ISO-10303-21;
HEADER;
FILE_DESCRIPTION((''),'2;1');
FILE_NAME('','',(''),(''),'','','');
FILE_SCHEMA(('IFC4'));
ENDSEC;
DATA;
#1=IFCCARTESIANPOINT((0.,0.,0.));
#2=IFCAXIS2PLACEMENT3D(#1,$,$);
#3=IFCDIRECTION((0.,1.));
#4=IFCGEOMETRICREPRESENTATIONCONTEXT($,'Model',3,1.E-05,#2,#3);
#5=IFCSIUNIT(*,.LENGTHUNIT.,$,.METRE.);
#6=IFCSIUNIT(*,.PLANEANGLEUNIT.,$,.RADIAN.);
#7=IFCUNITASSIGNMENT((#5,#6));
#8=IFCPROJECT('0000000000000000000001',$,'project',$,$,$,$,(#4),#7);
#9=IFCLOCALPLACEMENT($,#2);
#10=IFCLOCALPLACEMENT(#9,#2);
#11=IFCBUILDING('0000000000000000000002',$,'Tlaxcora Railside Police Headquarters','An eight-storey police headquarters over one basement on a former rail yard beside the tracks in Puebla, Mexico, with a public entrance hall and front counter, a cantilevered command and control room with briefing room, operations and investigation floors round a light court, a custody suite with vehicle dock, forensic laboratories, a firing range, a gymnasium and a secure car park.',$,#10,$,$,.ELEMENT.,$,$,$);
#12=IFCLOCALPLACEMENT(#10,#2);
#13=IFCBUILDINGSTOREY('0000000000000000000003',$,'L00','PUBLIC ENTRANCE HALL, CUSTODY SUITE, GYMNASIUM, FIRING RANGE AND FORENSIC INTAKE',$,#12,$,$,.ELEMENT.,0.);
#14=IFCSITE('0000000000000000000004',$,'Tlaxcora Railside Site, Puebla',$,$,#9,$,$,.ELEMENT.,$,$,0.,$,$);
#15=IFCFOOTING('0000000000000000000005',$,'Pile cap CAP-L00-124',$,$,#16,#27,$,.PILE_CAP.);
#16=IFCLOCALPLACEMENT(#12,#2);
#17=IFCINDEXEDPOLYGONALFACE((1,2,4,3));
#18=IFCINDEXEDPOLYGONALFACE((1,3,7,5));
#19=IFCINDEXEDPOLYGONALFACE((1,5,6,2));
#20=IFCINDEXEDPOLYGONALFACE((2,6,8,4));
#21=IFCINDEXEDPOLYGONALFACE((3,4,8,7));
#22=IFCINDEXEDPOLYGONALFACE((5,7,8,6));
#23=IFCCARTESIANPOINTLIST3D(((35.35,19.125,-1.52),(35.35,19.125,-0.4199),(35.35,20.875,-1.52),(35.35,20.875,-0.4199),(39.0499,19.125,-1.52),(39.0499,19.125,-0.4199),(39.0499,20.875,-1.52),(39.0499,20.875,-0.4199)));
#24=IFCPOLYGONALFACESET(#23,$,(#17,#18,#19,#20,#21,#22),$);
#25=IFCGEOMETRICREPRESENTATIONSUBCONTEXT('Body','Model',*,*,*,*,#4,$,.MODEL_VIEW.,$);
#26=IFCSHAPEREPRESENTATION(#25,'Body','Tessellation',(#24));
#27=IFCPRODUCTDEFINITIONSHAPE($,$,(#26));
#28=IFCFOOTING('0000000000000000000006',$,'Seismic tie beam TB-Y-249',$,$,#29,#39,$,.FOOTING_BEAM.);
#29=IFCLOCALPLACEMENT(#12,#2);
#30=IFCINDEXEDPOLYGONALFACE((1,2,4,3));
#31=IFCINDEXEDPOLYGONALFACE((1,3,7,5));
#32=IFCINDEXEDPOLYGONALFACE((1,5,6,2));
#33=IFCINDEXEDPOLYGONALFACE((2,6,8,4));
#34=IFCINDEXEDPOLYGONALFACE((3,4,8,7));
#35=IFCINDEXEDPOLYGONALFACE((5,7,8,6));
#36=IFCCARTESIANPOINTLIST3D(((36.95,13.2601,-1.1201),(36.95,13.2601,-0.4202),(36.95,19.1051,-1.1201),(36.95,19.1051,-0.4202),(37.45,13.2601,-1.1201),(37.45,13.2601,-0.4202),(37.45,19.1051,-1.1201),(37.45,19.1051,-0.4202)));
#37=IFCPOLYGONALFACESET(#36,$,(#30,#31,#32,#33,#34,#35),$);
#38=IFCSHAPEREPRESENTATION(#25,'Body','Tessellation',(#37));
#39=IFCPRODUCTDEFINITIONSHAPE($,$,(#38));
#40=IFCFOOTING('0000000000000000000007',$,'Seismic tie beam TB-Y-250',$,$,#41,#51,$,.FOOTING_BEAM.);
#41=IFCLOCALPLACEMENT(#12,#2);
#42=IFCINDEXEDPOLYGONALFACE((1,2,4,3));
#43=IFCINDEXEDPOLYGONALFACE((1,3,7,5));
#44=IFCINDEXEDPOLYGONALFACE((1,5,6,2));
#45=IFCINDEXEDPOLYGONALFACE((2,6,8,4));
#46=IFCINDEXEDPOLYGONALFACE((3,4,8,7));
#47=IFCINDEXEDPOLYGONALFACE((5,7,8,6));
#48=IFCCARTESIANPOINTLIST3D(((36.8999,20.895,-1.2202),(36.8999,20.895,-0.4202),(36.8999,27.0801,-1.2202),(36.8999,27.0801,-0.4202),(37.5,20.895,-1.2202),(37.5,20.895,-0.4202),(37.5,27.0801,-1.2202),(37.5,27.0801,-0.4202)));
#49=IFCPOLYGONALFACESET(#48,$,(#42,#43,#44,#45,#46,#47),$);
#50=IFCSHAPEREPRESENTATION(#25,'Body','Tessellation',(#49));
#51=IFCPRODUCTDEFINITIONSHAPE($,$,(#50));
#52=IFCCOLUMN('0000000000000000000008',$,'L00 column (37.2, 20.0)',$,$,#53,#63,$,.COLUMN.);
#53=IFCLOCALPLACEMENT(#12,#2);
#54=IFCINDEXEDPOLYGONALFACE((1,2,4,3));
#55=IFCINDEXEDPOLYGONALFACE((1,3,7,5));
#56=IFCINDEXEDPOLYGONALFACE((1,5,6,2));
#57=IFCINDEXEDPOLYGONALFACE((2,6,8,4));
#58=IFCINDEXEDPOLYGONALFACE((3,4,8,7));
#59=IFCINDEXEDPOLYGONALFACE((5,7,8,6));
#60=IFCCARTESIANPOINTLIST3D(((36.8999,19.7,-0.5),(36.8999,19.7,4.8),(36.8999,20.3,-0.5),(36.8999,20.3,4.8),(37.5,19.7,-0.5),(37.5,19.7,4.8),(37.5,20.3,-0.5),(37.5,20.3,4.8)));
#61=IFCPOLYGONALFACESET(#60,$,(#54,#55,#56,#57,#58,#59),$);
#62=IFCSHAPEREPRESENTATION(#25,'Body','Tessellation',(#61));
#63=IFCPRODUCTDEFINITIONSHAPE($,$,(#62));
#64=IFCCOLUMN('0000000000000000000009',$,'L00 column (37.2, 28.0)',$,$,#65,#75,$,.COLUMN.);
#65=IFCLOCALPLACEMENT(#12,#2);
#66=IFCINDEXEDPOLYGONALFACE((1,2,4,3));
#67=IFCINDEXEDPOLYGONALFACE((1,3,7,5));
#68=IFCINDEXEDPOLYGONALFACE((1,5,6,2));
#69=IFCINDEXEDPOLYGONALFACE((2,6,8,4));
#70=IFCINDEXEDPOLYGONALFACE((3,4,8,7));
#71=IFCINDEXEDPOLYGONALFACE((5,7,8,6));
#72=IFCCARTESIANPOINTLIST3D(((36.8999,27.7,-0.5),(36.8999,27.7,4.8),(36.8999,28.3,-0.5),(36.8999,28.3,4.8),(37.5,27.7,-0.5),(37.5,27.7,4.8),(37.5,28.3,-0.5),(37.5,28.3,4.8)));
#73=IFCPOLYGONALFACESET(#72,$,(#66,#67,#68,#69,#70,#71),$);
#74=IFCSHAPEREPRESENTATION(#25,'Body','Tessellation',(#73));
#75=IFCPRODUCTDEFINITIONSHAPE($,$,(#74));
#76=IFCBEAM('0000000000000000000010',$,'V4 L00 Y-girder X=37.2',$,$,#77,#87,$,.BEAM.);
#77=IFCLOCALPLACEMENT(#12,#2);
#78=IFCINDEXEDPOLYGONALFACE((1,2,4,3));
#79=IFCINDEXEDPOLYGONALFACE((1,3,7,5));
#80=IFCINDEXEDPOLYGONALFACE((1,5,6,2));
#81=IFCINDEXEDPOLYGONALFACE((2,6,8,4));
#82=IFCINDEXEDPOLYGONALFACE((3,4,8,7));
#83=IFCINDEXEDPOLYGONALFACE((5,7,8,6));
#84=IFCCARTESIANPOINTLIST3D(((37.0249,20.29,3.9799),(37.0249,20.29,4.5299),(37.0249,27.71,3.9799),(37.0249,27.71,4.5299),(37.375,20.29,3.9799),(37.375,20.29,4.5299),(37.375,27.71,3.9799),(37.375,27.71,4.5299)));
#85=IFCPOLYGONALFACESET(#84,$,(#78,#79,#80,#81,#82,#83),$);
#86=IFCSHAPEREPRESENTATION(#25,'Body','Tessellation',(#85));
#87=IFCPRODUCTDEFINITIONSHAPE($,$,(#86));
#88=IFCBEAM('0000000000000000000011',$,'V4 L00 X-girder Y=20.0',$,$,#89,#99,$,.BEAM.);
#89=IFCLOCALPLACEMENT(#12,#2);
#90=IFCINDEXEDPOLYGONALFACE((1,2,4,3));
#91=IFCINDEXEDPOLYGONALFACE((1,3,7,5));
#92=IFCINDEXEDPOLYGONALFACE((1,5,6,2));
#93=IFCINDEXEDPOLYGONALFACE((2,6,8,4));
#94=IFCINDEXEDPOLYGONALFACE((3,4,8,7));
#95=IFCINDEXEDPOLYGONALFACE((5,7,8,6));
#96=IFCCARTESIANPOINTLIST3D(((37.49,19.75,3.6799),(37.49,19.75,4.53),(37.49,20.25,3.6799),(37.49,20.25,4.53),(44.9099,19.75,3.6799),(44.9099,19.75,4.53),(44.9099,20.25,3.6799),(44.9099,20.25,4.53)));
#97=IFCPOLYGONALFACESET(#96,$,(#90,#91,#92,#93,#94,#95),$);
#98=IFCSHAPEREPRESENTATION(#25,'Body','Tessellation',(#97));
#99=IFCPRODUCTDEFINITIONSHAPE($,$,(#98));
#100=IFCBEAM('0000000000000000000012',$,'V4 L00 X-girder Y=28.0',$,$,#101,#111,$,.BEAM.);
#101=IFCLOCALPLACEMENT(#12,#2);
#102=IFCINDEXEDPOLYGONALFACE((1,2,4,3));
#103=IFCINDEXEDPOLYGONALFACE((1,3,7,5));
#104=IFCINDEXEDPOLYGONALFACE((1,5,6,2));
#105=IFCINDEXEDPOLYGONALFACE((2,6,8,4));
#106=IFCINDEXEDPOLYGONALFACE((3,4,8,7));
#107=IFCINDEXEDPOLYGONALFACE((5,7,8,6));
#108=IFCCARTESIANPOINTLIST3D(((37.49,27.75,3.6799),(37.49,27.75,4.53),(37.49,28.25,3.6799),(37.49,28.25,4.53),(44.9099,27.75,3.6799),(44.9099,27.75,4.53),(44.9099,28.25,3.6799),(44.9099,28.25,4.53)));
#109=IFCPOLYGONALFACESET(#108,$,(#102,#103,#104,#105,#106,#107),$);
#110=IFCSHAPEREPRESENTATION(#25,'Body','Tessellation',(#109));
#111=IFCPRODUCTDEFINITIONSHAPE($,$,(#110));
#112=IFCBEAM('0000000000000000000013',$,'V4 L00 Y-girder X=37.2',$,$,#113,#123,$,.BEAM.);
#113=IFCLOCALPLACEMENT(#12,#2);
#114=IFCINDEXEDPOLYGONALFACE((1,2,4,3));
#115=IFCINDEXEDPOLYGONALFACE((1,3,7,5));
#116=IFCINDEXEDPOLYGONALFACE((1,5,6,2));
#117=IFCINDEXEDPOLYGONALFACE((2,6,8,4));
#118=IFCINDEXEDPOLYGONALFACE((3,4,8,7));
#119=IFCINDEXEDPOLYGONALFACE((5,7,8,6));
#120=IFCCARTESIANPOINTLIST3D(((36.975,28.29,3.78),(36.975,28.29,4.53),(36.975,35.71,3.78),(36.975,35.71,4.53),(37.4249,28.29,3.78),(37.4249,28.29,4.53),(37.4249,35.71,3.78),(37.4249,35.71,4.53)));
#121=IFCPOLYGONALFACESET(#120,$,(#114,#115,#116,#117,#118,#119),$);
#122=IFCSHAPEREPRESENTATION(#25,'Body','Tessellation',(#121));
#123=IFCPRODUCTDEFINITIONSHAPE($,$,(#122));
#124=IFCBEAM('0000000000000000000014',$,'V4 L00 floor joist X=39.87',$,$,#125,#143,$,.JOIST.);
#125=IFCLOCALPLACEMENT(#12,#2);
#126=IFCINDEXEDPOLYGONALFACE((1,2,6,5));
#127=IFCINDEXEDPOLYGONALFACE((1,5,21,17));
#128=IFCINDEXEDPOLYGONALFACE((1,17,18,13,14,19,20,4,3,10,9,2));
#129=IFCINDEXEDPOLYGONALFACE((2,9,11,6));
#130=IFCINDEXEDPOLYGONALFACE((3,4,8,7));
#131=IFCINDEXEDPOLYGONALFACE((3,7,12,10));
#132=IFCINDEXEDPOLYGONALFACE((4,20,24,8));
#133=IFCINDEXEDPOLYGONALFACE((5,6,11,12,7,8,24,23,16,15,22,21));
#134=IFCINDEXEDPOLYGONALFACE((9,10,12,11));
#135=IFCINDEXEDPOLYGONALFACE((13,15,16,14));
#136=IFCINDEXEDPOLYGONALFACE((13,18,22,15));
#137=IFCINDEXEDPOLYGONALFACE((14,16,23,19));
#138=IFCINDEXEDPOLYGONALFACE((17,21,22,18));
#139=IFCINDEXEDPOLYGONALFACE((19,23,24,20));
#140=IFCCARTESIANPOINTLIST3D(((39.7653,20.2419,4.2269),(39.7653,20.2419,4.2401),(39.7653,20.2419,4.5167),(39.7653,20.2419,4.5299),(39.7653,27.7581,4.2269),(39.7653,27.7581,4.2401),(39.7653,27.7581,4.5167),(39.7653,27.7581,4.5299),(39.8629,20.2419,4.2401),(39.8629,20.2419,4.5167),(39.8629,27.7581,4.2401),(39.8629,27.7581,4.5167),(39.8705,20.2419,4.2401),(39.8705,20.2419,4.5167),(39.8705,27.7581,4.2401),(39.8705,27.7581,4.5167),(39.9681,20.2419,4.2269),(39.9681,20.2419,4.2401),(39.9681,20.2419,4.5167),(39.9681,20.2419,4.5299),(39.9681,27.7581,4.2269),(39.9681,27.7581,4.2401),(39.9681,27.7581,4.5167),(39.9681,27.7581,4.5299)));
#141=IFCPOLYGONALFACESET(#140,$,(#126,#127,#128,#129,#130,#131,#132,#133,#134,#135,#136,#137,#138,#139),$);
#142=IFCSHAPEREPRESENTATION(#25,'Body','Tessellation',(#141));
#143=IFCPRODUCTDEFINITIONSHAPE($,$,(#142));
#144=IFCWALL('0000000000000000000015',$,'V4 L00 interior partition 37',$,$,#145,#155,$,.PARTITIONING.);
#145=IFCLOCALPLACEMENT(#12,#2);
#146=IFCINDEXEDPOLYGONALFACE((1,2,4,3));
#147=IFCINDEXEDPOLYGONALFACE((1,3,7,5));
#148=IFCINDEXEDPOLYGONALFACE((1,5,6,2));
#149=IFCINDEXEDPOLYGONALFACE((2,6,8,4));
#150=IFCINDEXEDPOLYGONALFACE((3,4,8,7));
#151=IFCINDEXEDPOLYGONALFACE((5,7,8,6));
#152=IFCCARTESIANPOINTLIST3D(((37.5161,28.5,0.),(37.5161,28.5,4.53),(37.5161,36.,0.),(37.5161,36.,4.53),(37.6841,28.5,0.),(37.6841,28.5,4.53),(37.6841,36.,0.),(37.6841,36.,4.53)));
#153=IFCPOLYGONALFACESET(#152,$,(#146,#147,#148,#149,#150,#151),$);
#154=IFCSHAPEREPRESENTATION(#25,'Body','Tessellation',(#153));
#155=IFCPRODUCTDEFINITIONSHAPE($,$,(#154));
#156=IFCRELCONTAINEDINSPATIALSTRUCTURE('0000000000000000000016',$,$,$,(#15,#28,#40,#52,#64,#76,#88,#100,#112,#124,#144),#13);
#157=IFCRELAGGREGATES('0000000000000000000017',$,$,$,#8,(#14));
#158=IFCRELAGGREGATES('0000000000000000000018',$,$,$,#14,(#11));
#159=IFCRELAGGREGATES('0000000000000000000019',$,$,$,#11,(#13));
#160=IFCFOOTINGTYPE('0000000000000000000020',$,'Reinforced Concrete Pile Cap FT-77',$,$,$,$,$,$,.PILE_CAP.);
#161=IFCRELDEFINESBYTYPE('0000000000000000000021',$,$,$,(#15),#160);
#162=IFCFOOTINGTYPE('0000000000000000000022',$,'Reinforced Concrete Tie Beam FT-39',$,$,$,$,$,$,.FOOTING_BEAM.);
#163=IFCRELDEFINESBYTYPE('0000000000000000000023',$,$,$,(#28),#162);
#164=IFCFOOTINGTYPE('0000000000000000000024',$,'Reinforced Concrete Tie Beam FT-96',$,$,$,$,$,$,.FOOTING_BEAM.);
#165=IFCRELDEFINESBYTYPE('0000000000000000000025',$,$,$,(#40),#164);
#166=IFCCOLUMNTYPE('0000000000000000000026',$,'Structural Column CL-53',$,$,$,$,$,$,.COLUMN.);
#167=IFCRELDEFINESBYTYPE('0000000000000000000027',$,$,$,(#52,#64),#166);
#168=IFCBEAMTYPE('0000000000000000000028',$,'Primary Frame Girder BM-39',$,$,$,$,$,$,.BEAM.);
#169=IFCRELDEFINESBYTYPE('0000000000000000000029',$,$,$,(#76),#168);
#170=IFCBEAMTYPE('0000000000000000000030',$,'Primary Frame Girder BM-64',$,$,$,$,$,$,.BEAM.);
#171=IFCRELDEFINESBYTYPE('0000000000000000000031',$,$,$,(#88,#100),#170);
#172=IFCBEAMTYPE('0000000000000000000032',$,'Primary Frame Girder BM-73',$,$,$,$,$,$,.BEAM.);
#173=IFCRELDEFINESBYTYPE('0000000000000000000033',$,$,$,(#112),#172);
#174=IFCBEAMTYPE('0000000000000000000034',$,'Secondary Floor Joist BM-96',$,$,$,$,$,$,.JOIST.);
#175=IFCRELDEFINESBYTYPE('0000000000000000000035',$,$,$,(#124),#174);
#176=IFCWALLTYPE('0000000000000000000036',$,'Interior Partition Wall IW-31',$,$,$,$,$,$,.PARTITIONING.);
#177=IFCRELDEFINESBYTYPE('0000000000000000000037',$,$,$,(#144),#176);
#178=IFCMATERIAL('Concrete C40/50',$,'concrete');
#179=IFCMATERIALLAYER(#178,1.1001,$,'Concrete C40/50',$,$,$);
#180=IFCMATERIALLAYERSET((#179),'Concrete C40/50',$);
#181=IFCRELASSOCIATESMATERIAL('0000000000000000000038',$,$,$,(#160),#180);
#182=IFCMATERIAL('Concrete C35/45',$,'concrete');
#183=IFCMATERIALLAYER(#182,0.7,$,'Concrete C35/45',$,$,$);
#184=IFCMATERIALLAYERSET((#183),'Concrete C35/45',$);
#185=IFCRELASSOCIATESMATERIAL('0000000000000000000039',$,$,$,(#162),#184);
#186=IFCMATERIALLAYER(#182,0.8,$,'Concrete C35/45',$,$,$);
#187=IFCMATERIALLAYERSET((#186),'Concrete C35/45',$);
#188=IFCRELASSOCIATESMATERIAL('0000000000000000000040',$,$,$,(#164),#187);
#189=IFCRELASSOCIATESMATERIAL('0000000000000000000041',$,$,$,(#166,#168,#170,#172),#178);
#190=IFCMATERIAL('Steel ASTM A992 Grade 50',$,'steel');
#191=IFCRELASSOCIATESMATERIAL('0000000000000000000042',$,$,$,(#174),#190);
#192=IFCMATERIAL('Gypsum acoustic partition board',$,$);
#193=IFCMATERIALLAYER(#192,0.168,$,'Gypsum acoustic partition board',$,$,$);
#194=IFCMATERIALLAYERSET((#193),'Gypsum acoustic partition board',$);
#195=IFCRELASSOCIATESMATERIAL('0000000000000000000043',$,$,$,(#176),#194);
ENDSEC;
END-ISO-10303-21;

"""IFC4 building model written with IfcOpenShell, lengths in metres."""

from ifc_helpers import new_model, si_unit, direction, frame, frame_2d, origin, origin_2d, place, context, subcontext, project, spatial, rectangle, i_section, extrude, material, layer, layer_set, material_profile, profile_set, type_object, element, save


model = new_model("IFC4")

# Units and contexts
model_context = context("Model", 3, precision=1e-05, world=origin(), true_north=direction((0.0, 1.0)))
body_context = subcontext(model_context, "Body", "Model", "MODEL_VIEW")
ifc_project = project(units=[si_unit("LENGTHUNIT", "METRE"), si_unit("PLANEANGLEUNIT", "RADIAN")], contexts=[model_context])

# Site, building, storey
site_placement = place(None, origin())
site = spatial("IfcSite", under=ifc_project, at=site_placement, Name="Tlaxcora Railside Site, Puebla", CompositionType="ELEMENT", RefElevation=0.0)
building_placement = place(site_placement, origin())
building = spatial("IfcBuilding", under=site, at=building_placement, Name="Tlaxcora Railside Police Headquarters", Description="An eight-storey police headquarters over one basement on a former rail yard beside the tracks in Puebla, Mexico, with a public entrance hall and front counter, a cantilevered command and control room with briefing room, operations and investigation floors round a light court, a custody suite with vehicle dock, forensic laboratories, a firing range, a gymnasium and a secure car park.", CompositionType="ELEMENT")
storey_placement = place(building_placement, origin())
storey = spatial("IfcBuildingStorey", under=building, at=storey_placement, Name="L00", Description="PUBLIC ENTRANCE HALL, CUSTODY SUITE, GYMNASIUM, FIRING RANGE AND FORENSIC INTAKE", CompositionType="ELEMENT", Elevation=0.0)

# Shared definitions
ifc_material_1 = material(Name="Concrete C35/45", Category="concrete")

# Footings
ifc_material_2 = material(Name="Concrete C40/50", Category="concrete")
ifc_layer_1 = layer(ifc_material_2, 1.1001, Name="Concrete C40/50")
ifc_layer_set_1 = layer_set([ifc_layer_1], Name="Concrete C40/50")
footing_type_1 = type_object("IfcFootingType", Name="Reinforced Concrete Pile Cap FT-77", PredefinedType="PILE_CAP", material=ifc_layer_set_1)
footing_1_placement = place(storey_placement, frame((37.2, 20.0, -1.52), z_axis=(0.0, 0.0, 1.0), x_axis=(1.0, 0.0, 0.0)))
element("IfcFooting", 1, at=footing_1_placement, inside=storey, type_object=footing_type_1, Name="Pile cap CAP-L00-124", PredefinedType="PILE_CAP", context=body_context, shape_type="SweptSolid", body=[
    extrude(rectangle(XDim=3.7, YDim=1.75, at=origin_2d()), origin(), (0.0, 0.0, 1.0), 1.1001),
])
ifc_layer_2 = layer(ifc_material_1, 0.7, Name="Concrete C35/45")
ifc_layer_set_2 = layer_set([ifc_layer_2], Name="Concrete C35/45")
footing_type_2 = type_object("IfcFootingType", Name="Reinforced Concrete Tie Beam FT-39", PredefinedType="FOOTING_BEAM", material=ifc_layer_set_2)
footing_2_placement = place(storey_placement, frame((37.2, 16.1826, -1.1201), z_axis=(0.0, 0.0, 1.0), x_axis=(0.0, 1.0, 0.0)))
element("IfcFooting", 2, at=footing_2_placement, inside=storey, type_object=footing_type_2, Name="Seismic tie beam TB-Y-249", PredefinedType="FOOTING_BEAM", context=body_context, shape_type="SweptSolid", body=[
    extrude(rectangle(XDim=5.845, YDim=0.5, at=origin_2d()), origin(), (0.0, 0.0, 1.0), 0.7),
])
ifc_layer_3 = layer(ifc_material_1, 0.8, Name="Concrete C35/45")
ifc_layer_set_3 = layer_set([ifc_layer_3], Name="Concrete C35/45")
footing_type_3 = type_object("IfcFootingType", Name="Reinforced Concrete Tie Beam FT-96", PredefinedType="FOOTING_BEAM", material=ifc_layer_set_3)
footing_3_placement = place(storey_placement, frame((37.2, 23.9875, -1.2202), z_axis=(0.0, 0.0, 1.0), x_axis=(0.0, 1.0, 0.0)))
element("IfcFooting", 3, at=footing_3_placement, inside=storey, type_object=footing_type_3, Name="Seismic tie beam TB-Y-250", PredefinedType="FOOTING_BEAM", context=body_context, shape_type="SweptSolid", body=[
    extrude(rectangle(XDim=6.1851, YDim=0.6001, at=origin_2d()), origin(), (0.0, 0.0, 1.0), 0.8),
])

# Columns
ifc_material_profile_1 = material_profile(ifc_material_2, rectangle(XDim=0.6001, YDim=0.6001, at=origin_2d()), Name="RC600X600")
ifc_profile_set_1 = profile_set([ifc_material_profile_1], Name="Concrete C40/50")
column_type = type_object("IfcColumnType", Name="Structural Column CL-53", PredefinedType="COLUMN", material=ifc_profile_set_1)
for number, where, z_axis, x_axis, name in (
    (4, (37.2, 20.0, -0.5), (0.0, 0.0, 1.0), (1.0, 0.0, 0.0), "L00 column (37.2, 20.0)"),
    (5, (37.2, 28.0, -0.5), (0.0, 0.0, 1.0), (1.0, 0.0, 0.0), "L00 column (37.2, 28.0)"),
):
    element("IfcColumn", number, at=place(storey_placement, frame(where, z_axis=z_axis, x_axis=x_axis)), inside=storey, type_object=column_type, Name=name, PredefinedType="COLUMN", context=body_context, shape_type="SweptSolid", body=[
        extrude(rectangle(XDim=0.6001, YDim=0.6001, at=origin_2d()), origin(), (0.0, 0.0, 1.0), 5.3),
    ])

# Beams
ifc_material_profile_2 = material_profile(ifc_material_2, rectangle(XDim=0.3501, YDim=0.55, at=origin_2d()), Name="RC350X550")
ifc_profile_set_2 = profile_set([ifc_material_profile_2], Name="Concrete C40/50")
beam_type_1 = type_object("IfcBeamType", Name="Primary Frame Girder BM-39", PredefinedType="BEAM", material=ifc_profile_set_2)
beam_1_placement = place(storey_placement, frame((37.2, 20.29, 4.2549), z_axis=(0.0, 1.0, 0.0), x_axis=(-1.0, 0.0, 0.0)))
element("IfcBeam", 6, at=beam_1_placement, inside=storey, type_object=beam_type_1, Name="V4 L00 Y-girder X=37.2", PredefinedType="BEAM", context=body_context, shape_type="SweptSolid", body=[
    extrude(rectangle(XDim=0.3501, YDim=0.55, at=origin_2d()), origin(), (0.0, 0.0, 1.0), 7.4199),
])
ifc_material_profile_3 = material_profile(ifc_material_2, rectangle(XDim=0.5, YDim=0.8501, at=origin_2d()), Name="RC500X850")
ifc_profile_set_3 = profile_set([ifc_material_profile_3], Name="Concrete C40/50")
beam_type_2 = type_object("IfcBeamType", Name="Primary Frame Girder BM-64", PredefinedType="BEAM", material=ifc_profile_set_3)
for number, where, z_axis, x_axis, name in (
    (7, (37.49, 20.0, 4.105), (1.0, 0.0, 0.0), (0.0, 1.0, 0.0), "V4 L00 X-girder Y=20.0"),
    (8, (37.49, 28.0, 4.105), (1.0, 0.0, 0.0), (0.0, 1.0, 0.0), "V4 L00 X-girder Y=28.0"),
):
    element("IfcBeam", number, at=place(storey_placement, frame(where, z_axis=z_axis, x_axis=x_axis)), inside=storey, type_object=beam_type_2, Name=name, PredefinedType="BEAM", context=body_context, shape_type="SweptSolid", body=[
        extrude(rectangle(XDim=0.5, YDim=0.8501, at=origin_2d()), origin(), (0.0, 0.0, 1.0), 7.4199),
    ])
ifc_material_profile_4 = material_profile(ifc_material_2, rectangle(XDim=0.45, YDim=0.75, at=origin_2d()), Name="RC450X750")
ifc_profile_set_4 = profile_set([ifc_material_profile_4], Name="Concrete C40/50")
beam_type_3 = type_object("IfcBeamType", Name="Primary Frame Girder BM-73", PredefinedType="BEAM", material=ifc_profile_set_4)
beam_2_placement = place(storey_placement, frame((37.2, 28.29, 4.155), z_axis=(0.0, 1.0, 0.0), x_axis=(-1.0, 0.0, 0.0)))
element("IfcBeam", 9, at=beam_2_placement, inside=storey, type_object=beam_type_3, Name="V4 L00 Y-girder X=37.2", PredefinedType="BEAM", context=body_context, shape_type="SweptSolid", body=[
    extrude(rectangle(XDim=0.45, YDim=0.75, at=origin_2d()), origin(), (0.0, 0.0, 1.0), 7.4199),
])
ifc_material_3 = material(Name="Steel ASTM A992 Grade 50", Category="steel")
ifc_material_profile_5 = material_profile(ifc_material_3, i_section(OverallWidth=0.2029, OverallDepth=0.303, WebThickness=0.0076, FlangeThickness=0.0132, at=origin_2d()), Name="W12X40")
ifc_profile_set_5 = profile_set([ifc_material_profile_5], Name="Steel ASTM A992 Grade 50")
beam_type_4 = type_object("IfcBeamType", Name="Secondary Floor Joist BM-96", PredefinedType="JOIST", material=ifc_profile_set_5)
beam_3_placement = place(storey_placement, frame((39.8667, 20.2419, 4.3784), z_axis=(0.0, 1.0, 0.0), x_axis=(-1.0, 0.0, 0.0)))
element("IfcBeam", 10, at=beam_3_placement, inside=storey, type_object=beam_type_4, Name="V4 L00 floor joist X=39.87", PredefinedType="JOIST", context=body_context, shape_type="SweptSolid", body=[
    extrude(i_section(OverallWidth=0.2029, OverallDepth=0.303, WebThickness=0.0076, FlangeThickness=0.0132, at=origin_2d()), origin(), (0.0, 0.0, 1.0), 7.5161),
])

# Wall
ifc_material_4 = material(Name="Gypsum acoustic partition board")
ifc_layer_4 = layer(ifc_material_4, 0.168, Name="Gypsum acoustic partition board")
ifc_layer_set_4 = layer_set([ifc_layer_4], Name="Gypsum acoustic partition board")
wall_type_1 = type_object("IfcWallType", Name="Interior Partition Wall IW-31", PredefinedType="PARTITIONING", material=ifc_layer_set_4)
wall_1_placement = place(storey_placement, frame((37.6001, 28.5, 0.0), z_axis=(0.0, 0.0, 1.0), x_axis=(0.0, 1.0, 0.0)))
element("IfcWall", 11, at=wall_1_placement, inside=storey, type_object=wall_type_1, Name="V4 L00 interior partition 37", PredefinedType="PARTITIONING", context=body_context, shape_type="SweptSolid", body=[
    extrude(rectangle(XDim=7.5, YDim=0.168, at=frame_2d((3.75, 0.0))), origin(), (0.0, 0.0, 1.0), 4.53),
])

save(model, "model.ifc")
